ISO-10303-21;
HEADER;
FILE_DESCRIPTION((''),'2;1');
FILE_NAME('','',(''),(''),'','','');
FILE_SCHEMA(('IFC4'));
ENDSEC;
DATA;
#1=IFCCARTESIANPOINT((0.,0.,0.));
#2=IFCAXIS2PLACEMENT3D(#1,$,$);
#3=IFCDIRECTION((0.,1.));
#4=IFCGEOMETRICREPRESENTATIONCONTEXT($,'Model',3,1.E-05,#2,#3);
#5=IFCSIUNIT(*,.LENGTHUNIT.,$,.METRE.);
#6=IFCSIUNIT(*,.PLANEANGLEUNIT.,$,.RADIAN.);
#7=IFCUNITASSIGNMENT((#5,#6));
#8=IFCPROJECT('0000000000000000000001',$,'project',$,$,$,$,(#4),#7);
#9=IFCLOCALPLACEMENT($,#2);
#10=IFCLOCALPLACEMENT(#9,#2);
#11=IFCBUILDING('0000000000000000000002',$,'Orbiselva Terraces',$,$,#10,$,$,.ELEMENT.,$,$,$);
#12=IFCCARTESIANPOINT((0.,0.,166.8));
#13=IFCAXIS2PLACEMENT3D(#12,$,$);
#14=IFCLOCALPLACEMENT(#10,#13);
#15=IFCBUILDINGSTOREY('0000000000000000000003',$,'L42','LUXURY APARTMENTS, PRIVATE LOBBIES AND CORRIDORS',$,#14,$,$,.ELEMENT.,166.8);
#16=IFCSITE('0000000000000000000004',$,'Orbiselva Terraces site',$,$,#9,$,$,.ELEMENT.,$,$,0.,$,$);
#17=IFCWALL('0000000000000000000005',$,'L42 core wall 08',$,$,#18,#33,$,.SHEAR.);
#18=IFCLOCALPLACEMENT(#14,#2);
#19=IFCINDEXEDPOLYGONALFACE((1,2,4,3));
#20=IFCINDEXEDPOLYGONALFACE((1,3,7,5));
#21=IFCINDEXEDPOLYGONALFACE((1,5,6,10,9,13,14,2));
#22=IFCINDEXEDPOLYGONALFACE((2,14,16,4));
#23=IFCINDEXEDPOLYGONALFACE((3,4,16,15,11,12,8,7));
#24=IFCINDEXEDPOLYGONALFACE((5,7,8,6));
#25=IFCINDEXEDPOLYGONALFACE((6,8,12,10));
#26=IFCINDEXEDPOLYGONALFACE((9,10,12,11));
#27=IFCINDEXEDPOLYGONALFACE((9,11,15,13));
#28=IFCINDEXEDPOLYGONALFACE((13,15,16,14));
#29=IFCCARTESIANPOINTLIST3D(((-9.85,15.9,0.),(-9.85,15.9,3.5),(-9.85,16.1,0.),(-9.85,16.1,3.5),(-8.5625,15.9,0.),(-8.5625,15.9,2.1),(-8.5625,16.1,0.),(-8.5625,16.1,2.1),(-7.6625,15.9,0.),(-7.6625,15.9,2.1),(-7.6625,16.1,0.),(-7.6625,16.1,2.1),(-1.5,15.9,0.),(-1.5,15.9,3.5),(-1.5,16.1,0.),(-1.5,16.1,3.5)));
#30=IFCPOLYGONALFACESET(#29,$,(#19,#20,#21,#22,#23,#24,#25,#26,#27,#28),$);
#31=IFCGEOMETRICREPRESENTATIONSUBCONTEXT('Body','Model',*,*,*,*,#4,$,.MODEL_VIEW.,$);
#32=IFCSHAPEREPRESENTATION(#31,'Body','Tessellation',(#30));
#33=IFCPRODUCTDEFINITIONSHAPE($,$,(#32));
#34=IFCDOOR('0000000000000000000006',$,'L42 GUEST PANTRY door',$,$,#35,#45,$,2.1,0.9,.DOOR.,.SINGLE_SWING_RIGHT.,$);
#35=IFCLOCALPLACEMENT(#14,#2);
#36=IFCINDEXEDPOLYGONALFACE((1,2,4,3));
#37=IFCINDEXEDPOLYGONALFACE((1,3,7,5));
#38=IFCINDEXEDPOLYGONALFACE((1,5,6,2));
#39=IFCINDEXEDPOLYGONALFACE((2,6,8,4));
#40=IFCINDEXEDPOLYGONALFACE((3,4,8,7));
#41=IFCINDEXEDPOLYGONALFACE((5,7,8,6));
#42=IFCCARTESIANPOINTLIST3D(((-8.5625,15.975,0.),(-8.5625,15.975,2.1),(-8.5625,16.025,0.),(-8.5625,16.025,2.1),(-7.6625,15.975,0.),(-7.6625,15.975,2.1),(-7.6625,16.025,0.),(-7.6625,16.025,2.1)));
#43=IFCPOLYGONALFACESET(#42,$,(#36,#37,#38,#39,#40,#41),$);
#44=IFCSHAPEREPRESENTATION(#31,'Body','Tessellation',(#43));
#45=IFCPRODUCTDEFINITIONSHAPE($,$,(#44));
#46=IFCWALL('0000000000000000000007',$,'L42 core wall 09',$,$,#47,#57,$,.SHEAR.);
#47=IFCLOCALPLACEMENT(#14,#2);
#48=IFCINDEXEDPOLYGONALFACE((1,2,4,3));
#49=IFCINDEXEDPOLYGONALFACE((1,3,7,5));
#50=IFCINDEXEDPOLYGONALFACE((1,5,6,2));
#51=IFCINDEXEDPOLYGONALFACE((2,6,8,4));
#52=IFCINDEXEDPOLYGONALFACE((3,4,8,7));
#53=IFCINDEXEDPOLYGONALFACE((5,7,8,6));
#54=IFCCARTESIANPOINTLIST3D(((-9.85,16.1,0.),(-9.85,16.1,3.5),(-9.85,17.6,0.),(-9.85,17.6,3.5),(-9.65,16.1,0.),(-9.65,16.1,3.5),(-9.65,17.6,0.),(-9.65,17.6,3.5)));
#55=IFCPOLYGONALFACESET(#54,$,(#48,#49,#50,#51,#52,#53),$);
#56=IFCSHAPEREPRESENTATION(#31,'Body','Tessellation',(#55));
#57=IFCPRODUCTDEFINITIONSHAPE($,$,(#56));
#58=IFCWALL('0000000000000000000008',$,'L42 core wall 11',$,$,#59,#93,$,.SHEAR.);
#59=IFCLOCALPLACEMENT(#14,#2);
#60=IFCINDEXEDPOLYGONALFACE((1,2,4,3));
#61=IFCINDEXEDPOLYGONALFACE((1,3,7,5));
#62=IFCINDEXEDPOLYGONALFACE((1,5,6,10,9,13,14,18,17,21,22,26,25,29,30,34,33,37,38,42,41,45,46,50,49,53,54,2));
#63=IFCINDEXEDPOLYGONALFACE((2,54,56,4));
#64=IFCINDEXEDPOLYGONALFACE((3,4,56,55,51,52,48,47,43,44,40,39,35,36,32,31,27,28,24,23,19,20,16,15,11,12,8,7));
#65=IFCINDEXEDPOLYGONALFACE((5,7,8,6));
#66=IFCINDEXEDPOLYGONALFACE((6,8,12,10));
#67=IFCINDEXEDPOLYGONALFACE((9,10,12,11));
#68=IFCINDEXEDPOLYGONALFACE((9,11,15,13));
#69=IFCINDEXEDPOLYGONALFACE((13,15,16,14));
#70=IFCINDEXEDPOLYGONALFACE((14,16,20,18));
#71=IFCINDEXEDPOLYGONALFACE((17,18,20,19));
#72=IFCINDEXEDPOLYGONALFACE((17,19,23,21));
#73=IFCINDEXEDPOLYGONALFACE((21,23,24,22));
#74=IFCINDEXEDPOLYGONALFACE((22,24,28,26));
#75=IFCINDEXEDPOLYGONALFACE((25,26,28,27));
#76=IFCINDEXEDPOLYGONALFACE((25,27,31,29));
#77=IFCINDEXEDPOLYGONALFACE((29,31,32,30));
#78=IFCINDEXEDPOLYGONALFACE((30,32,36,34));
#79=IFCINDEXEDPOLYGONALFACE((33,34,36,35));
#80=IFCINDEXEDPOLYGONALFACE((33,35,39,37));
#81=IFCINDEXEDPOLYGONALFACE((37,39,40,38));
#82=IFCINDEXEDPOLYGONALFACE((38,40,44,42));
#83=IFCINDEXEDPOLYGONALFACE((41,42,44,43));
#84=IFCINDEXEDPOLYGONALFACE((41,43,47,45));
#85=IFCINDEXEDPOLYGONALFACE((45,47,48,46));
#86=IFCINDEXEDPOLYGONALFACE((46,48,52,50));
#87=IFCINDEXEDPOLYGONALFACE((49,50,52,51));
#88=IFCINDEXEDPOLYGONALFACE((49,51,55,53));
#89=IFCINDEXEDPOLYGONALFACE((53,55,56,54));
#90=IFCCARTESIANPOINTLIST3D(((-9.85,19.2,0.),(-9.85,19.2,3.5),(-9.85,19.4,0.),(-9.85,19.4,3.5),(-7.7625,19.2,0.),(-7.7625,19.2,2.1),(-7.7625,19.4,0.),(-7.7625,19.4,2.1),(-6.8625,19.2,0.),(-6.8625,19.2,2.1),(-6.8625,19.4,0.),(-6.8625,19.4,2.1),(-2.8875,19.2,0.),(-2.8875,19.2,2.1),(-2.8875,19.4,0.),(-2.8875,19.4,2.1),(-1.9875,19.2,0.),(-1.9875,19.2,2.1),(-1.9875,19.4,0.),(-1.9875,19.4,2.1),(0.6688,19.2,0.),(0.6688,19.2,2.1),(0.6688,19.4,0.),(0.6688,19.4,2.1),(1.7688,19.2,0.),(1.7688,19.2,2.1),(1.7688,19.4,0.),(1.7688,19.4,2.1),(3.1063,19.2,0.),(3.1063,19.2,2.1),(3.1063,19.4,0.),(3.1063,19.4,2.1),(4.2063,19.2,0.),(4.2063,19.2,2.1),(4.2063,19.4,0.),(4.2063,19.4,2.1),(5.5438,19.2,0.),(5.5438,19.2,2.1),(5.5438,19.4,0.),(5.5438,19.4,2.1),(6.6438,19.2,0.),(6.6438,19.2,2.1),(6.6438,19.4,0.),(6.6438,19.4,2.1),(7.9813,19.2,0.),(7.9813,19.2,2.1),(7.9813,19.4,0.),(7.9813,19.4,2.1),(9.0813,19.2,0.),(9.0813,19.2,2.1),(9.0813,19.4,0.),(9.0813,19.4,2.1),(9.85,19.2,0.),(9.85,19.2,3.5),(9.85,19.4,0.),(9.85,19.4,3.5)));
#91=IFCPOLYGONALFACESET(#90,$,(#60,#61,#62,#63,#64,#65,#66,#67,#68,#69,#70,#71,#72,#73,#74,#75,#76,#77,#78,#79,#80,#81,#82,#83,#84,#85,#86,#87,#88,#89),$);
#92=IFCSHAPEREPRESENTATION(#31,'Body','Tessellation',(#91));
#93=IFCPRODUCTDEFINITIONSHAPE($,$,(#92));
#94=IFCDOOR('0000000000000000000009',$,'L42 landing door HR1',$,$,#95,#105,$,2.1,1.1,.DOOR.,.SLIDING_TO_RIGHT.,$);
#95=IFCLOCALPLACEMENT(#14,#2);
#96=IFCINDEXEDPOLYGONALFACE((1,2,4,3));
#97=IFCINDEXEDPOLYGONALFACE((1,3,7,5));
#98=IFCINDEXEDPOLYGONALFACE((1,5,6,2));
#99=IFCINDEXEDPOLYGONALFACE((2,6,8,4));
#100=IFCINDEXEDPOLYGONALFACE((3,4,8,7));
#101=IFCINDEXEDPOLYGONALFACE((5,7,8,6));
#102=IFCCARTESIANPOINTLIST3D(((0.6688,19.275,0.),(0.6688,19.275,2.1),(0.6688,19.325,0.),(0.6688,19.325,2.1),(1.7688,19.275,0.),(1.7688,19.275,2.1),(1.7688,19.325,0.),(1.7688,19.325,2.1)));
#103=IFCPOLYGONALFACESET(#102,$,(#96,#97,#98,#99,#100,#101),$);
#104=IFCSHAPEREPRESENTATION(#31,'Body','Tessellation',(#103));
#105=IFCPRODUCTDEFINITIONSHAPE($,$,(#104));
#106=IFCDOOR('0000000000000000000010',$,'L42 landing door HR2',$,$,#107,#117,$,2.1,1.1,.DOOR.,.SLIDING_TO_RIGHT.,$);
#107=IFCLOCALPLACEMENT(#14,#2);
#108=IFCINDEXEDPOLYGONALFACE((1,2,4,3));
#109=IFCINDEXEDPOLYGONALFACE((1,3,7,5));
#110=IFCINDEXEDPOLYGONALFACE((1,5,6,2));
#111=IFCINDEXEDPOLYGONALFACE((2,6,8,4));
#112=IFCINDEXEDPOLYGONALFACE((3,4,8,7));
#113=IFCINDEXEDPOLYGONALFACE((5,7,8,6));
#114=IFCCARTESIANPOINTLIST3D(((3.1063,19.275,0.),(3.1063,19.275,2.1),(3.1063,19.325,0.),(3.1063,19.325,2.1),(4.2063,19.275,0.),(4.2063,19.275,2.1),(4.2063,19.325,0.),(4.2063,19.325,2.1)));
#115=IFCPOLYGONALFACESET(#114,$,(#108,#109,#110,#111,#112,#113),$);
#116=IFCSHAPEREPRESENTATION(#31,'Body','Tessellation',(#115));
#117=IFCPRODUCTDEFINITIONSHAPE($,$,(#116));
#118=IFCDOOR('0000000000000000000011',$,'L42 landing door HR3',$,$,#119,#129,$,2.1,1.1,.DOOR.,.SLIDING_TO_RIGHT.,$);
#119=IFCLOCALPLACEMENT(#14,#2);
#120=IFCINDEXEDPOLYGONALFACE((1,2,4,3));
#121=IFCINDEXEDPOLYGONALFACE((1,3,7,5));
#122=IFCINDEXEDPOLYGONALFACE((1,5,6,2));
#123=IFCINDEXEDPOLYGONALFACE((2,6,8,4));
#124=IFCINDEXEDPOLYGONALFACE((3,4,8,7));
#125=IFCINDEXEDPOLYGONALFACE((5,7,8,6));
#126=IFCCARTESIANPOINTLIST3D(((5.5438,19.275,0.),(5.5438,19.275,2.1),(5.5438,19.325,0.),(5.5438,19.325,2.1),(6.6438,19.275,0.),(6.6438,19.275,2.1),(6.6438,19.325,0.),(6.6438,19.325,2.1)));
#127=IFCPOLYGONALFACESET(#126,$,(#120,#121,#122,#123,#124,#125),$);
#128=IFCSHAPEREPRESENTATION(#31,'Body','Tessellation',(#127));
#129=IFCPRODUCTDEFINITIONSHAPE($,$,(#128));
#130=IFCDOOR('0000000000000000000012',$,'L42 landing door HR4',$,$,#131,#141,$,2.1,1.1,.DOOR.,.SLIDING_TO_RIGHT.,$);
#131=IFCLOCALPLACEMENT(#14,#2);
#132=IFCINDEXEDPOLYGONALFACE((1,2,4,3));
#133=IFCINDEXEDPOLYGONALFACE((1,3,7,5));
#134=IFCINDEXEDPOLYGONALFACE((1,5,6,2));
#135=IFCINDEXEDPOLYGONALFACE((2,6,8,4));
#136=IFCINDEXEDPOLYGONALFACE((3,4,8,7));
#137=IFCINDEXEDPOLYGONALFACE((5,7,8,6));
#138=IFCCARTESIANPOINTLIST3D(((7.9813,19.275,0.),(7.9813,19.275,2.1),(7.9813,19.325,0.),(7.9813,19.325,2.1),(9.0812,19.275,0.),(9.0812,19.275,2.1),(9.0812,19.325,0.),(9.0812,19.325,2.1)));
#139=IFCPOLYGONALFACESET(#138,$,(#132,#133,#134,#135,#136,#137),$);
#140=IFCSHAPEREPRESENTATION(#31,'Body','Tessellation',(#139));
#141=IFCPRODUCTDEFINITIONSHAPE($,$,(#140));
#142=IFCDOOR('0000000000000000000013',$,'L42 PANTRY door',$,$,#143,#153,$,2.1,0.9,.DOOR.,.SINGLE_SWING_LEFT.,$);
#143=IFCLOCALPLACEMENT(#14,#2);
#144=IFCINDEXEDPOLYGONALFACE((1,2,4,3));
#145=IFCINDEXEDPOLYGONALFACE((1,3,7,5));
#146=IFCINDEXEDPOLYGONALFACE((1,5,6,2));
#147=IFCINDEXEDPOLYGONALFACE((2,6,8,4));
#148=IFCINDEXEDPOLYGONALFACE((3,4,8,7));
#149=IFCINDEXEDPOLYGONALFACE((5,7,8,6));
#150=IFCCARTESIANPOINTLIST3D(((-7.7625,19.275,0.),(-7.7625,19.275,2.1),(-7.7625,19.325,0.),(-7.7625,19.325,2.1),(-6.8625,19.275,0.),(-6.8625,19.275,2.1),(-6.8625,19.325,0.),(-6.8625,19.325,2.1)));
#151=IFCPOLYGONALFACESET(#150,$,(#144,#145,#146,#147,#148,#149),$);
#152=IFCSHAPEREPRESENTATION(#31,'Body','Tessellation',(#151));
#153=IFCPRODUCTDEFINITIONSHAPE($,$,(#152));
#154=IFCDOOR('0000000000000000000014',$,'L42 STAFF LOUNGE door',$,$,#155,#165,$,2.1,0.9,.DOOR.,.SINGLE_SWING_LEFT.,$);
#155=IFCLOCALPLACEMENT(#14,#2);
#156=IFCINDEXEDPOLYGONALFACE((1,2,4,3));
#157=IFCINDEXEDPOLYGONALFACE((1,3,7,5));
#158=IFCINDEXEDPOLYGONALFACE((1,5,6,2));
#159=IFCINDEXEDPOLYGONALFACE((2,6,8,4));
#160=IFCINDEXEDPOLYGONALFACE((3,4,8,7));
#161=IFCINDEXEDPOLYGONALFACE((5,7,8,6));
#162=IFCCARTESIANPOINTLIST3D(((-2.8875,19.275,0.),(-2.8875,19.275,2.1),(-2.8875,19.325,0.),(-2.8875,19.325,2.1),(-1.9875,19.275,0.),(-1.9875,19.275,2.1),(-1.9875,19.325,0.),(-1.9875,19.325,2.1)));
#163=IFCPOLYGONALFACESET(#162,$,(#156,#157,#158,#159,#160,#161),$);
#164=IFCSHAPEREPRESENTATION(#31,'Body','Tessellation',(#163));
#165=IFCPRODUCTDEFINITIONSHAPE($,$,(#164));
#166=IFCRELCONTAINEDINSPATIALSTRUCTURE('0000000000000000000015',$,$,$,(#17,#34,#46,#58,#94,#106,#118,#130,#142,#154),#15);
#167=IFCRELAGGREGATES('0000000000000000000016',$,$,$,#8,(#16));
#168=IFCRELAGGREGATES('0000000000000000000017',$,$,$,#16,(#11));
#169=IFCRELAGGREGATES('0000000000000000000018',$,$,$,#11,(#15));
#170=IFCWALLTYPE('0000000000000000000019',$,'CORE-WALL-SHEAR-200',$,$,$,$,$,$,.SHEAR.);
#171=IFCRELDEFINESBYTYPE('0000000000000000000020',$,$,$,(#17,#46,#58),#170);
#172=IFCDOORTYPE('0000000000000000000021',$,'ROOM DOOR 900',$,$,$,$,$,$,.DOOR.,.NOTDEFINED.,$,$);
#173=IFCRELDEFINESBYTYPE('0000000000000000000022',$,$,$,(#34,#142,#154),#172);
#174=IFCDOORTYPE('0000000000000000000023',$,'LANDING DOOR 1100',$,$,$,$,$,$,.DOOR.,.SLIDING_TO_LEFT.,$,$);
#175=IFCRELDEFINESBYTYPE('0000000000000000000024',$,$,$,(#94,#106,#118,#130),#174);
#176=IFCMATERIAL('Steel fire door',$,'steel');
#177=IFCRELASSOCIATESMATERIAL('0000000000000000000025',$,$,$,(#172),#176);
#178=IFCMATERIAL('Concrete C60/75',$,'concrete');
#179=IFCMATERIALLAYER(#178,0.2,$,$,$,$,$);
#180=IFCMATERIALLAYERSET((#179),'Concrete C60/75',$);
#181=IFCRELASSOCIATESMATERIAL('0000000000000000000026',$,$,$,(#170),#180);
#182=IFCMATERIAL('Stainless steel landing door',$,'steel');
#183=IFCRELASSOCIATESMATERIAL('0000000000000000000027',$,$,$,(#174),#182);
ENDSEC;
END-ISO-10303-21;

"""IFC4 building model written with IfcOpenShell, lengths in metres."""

from ifc_helpers import new_model, si_unit, direction, frame, frame_2d, origin, place, context, subcontext, project, spatial, rectangle, extrude, material, layer, layer_set, type_object, element, fill, save


model = new_model("IFC4")

# Units and contexts
model_context = context("Model", 3, precision=1e-05, world=origin(), true_north=direction((0.0, 1.0)))
body_context = subcontext(model_context, "Body", "Model", "MODEL_VIEW")
ifc_project = project(units=[si_unit("LENGTHUNIT", "METRE"), si_unit("PLANEANGLEUNIT", "RADIAN")], contexts=[model_context])

# Site, building, storey
site_placement = place(None, origin())
site = spatial("IfcSite", under=ifc_project, at=site_placement, Name="Orbiselva Terraces site", CompositionType="ELEMENT", RefElevation=0.0)
building_placement = place(site_placement, origin())
building = spatial("IfcBuilding", under=site, at=building_placement, Name="Orbiselva Terraces", CompositionType="ELEMENT")
storey_placement = place(building_placement, frame((0.0, 0.0, 166.8)))
storey = spatial("IfcBuildingStorey", under=building, at=storey_placement, Name="L42", Description="LUXURY APARTMENTS, PRIVATE LOBBIES AND CORRIDORS", CompositionType="ELEMENT", Elevation=166.8)

# Shared definitions
ifc_material_1 = material(Name="Steel fire door", Category="steel")
door_type_1 = type_object("IfcDoorType", Name="ROOM DOOR 900", OperationType="NOTDEFINED", PredefinedType="DOOR", material=ifc_material_1)

# Wall, opening, door
ifc_material_2 = material(Name="Concrete C60/75", Category="concrete")
ifc_layer_1 = layer(ifc_material_2, 0.2)
ifc_layer_set_1 = layer_set([ifc_layer_1], Name="Concrete C60/75")
wall_type_1 = type_object("IfcWallType", Name="CORE-WALL-SHEAR-200", PredefinedType="SHEAR", material=ifc_layer_set_1)
wall_1_placement = place(storey_placement, frame((-1.5, 16.0, 0.0), z_axis=(0.0, 0.0, 1.0), x_axis=(-1.0, 0.0, 0.0)))
wall_1 = element("IfcWall", 1, at=wall_1_placement, inside=storey, type_object=wall_type_1, Name="L42 core wall 08", PredefinedType="SHEAR", context=body_context, shape_type="SweptSolid", body=[
    extrude(rectangle(XDim=8.35, YDim=0.2, at=frame_2d((4.175, 0.0))), origin(), (0.0, 0.0, 1.0), 3.5),
])
opening_1_placement = place(wall_1_placement, frame((6.1625, 0.0, 0.0)))
opening_1 = element("IfcOpeningElement", 2, at=opening_1_placement, cuts=wall_1, PredefinedType="OPENING", context=body_context, shape_type="SweptSolid", body=[
    extrude(rectangle(XDim=0.9, YDim=2.1, at=frame_2d((0.45, 1.05))), frame((0.0, 0.11, 0.0), z_axis=(0.0, -1.0, 0.0), x_axis=(1.0, 0.0, 0.0)), (0.0, 0.0, 1.0), 0.22),
])
door_1_placement = place(opening_1_placement, origin())
door_1 = element("IfcDoor", 3, at=door_1_placement, inside=storey, type_object=door_type_1, Name="L42 GUEST PANTRY door", OperationType="SINGLE_SWING_RIGHT", OverallHeight=2.1, OverallWidth=0.9, PredefinedType="DOOR", context=body_context, shape_type="SweptSolid", body=[
    extrude(rectangle(XDim=0.9, YDim=2.1, at=frame_2d((0.45, 1.05))), frame((0.0, 0.025, 0.0), z_axis=(0.0, -1.0, 0.0), x_axis=(1.0, 0.0, 0.0)), (0.0, 0.0, 1.0), 0.05),
])
fill(opening_1, door_1)

# Wall
wall_2_placement = place(storey_placement, frame((-9.75, 16.1, 0.0), z_axis=(0.0, 0.0, 1.0), x_axis=(0.0, 1.0, 0.0)))
element("IfcWall", 4, at=wall_2_placement, inside=storey, type_object=wall_type_1, Name="L42 core wall 09", PredefinedType="SHEAR", context=body_context, shape_type="SweptSolid", body=[
    extrude(rectangle(XDim=1.5, YDim=0.2, at=frame_2d((0.75, 0.0))), origin(), (0.0, 0.0, 1.0), 3.5),
])

# Wall, openings, doors
wall_3_placement = place(storey_placement, frame((-9.85, 19.3, 0.0), z_axis=(0.0, 0.0, 1.0), x_axis=(1.0, 0.0, 0.0)))
wall_3 = element("IfcWall", 5, at=wall_3_placement, inside=storey, type_object=wall_type_1, Name="L42 core wall 11", PredefinedType="SHEAR", context=body_context, shape_type="SweptSolid", body=[
    extrude(rectangle(XDim=19.7, YDim=0.2, at=frame_2d((9.85, 0.0))), origin(), (0.0, 0.0, 1.0), 3.5),
])
opening_2_placement = place(wall_3_placement, frame((10.5188, 0.0, 0.0)))
opening_2 = element("IfcOpeningElement", 6, at=opening_2_placement, cuts=wall_3, PredefinedType="OPENING", context=body_context, shape_type="SweptSolid", body=[
    extrude(rectangle(XDim=1.1, YDim=2.1, at=frame_2d((0.55, 1.05))), frame((0.0, 0.11, 0.0), z_axis=(0.0, -1.0, 0.0), x_axis=(1.0, 0.0, 0.0)), (0.0, 0.0, 1.0), 0.22),
])
opening_3_placement = place(wall_3_placement, frame((12.9563, 0.0, 0.0)))
opening_3 = element("IfcOpeningElement", 7, at=opening_3_placement, cuts=wall_3, PredefinedType="OPENING", context=body_context, shape_type="SweptSolid", body=[
    extrude(rectangle(XDim=1.1, YDim=2.1, at=frame_2d((0.55, 1.05))), frame((0.0, 0.11, 0.0), z_axis=(0.0, -1.0, 0.0), x_axis=(1.0, 0.0, 0.0)), (0.0, 0.0, 1.0), 0.22),
])
opening_4_placement = place(wall_3_placement, frame((15.3938, 0.0, 0.0)))
opening_4 = element("IfcOpeningElement", 8, at=opening_4_placement, cuts=wall_3, PredefinedType="OPENING", context=body_context, shape_type="SweptSolid", body=[
    extrude(rectangle(XDim=1.1, YDim=2.1, at=frame_2d((0.55, 1.05))), frame((0.0, 0.11, 0.0), z_axis=(0.0, -1.0, 0.0), x_axis=(1.0, 0.0, 0.0)), (0.0, 0.0, 1.0), 0.22),
])
opening_5_placement = place(wall_3_placement, frame((17.8313, 0.0, 0.0)))
opening_5 = element("IfcOpeningElement", 9, at=opening_5_placement, cuts=wall_3, PredefinedType="OPENING", context=body_context, shape_type="SweptSolid", body=[
    extrude(rectangle(XDim=1.1, YDim=2.1, at=frame_2d((0.55, 1.05))), frame((0.0, 0.11, 0.0), z_axis=(0.0, -1.0, 0.0), x_axis=(1.0, 0.0, 0.0)), (0.0, 0.0, 1.0), 0.22),
])
opening_6_placement = place(wall_3_placement, frame((2.0875, 0.0, 0.0)))
opening_6 = element("IfcOpeningElement", 10, at=opening_6_placement, cuts=wall_3, PredefinedType="OPENING", context=body_context, shape_type="SweptSolid", body=[
    extrude(rectangle(XDim=0.9, YDim=2.1, at=frame_2d((0.45, 1.05))), frame((0.0, 0.11, 0.0), z_axis=(0.0, -1.0, 0.0), x_axis=(1.0, 0.0, 0.0)), (0.0, 0.0, 1.0), 0.22),
])
opening_7_placement = place(wall_3_placement, frame((6.9625, 0.0, 0.0)))
opening_7 = element("IfcOpeningElement", 11, at=opening_7_placement, cuts=wall_3, PredefinedType="OPENING", context=body_context, shape_type="SweptSolid", body=[
    extrude(rectangle(XDim=0.9, YDim=2.1, at=frame_2d((0.45, 1.05))), frame((0.0, 0.11, 0.0), z_axis=(0.0, -1.0, 0.0), x_axis=(1.0, 0.0, 0.0)), (0.0, 0.0, 1.0), 0.22),
])
ifc_material_3 = material(Name="Stainless steel landing door", Category="steel")
door_type_2 = type_object("IfcDoorType", Name="LANDING DOOR 1100", OperationType="SLIDING_TO_LEFT", PredefinedType="DOOR", material=ifc_material_3)
door_2_placement = place(opening_2_placement, origin())
door_2 = element("IfcDoor", 12, at=door_2_placement, inside=storey, type_object=door_type_2, Name="L42 landing door HR1", OperationType="SLIDING_TO_RIGHT", OverallHeight=2.1, OverallWidth=1.1, PredefinedType="DOOR", context=body_context, shape_type="SweptSolid", body=[
    extrude(rectangle(XDim=1.1, YDim=2.1, at=frame_2d((0.55, 1.05))), frame((0.0, 0.025, 0.0), z_axis=(0.0, -1.0, 0.0), x_axis=(1.0, 0.0, 0.0)), (0.0, 0.0, 1.0), 0.05),
])
fill(opening_2, door_2)
door_3_placement = place(opening_3_placement, origin())
door_3 = element("IfcDoor", 13, at=door_3_placement, inside=storey, type_object=door_type_2, Name="L42 landing door HR2", OperationType="SLIDING_TO_RIGHT", OverallHeight=2.1, OverallWidth=1.1, PredefinedType="DOOR", context=body_context, shape_type="SweptSolid", body=[
    extrude(rectangle(XDim=1.1, YDim=2.1, at=frame_2d((0.55, 1.05))), frame((0.0, 0.025, 0.0), z_axis=(0.0, -1.0, 0.0), x_axis=(1.0, 0.0, 0.0)), (0.0, 0.0, 1.0), 0.05),
])
fill(opening_3, door_3)
door_4_placement = place(opening_4_placement, origin())
door_4 = element("IfcDoor", 14, at=door_4_placement, inside=storey, type_object=door_type_2, Name="L42 landing door HR3", OperationType="SLIDING_TO_RIGHT", OverallHeight=2.1, OverallWidth=1.1, PredefinedType="DOOR", context=body_context, shape_type="SweptSolid", body=[
    extrude(rectangle(XDim=1.1, YDim=2.1, at=frame_2d((0.55, 1.05))), frame((0.0, 0.025, 0.0), z_axis=(0.0, -1.0, 0.0), x_axis=(1.0, 0.0, 0.0)), (0.0, 0.0, 1.0), 0.05),
])
fill(opening_4, door_4)
door_5_placement = place(opening_5_placement, origin())
door_5 = element("IfcDoor", 15, at=door_5_placement, inside=storey, type_object=door_type_2, Name="L42 landing door HR4", OperationType="SLIDING_TO_RIGHT", OverallHeight=2.1, OverallWidth=1.1, PredefinedType="DOOR", context=body_context, shape_type="SweptSolid", body=[
    extrude(rectangle(XDim=1.1, YDim=2.1, at=frame_2d((0.55, 1.05))), frame((0.0, 0.025, 0.0), z_axis=(0.0, -1.0, 0.0), x_axis=(1.0, 0.0, 0.0)), (0.0, 0.0, 1.0), 0.05),
])
fill(opening_5, door_5)
door_6_placement = place(opening_6_placement, origin())
door_6 = element("IfcDoor", 16, at=door_6_placement, inside=storey, type_object=door_type_1, Name="L42 PANTRY door", OperationType="SINGLE_SWING_LEFT", OverallHeight=2.1, OverallWidth=0.9, PredefinedType="DOOR", context=body_context, shape_type="SweptSolid", body=[
    extrude(rectangle(XDim=0.9, YDim=2.1, at=frame_2d((0.45, 1.05))), frame((0.0, 0.025, 0.0), z_axis=(0.0, -1.0, 0.0), x_axis=(1.0, 0.0, 0.0)), (0.0, 0.0, 1.0), 0.05),
])
fill(opening_6, door_6)
door_7_placement = place(opening_7_placement, origin())
door_7 = element("IfcDoor", 17, at=door_7_placement, inside=storey, type_object=door_type_1, Name="L42 STAFF LOUNGE door", OperationType="SINGLE_SWING_LEFT", OverallHeight=2.1, OverallWidth=0.9, PredefinedType="DOOR", context=body_context, shape_type="SweptSolid", body=[
    extrude(rectangle(XDim=0.9, YDim=2.1, at=frame_2d((0.45, 1.05))), frame((0.0, 0.025, 0.0), z_axis=(0.0, -1.0, 0.0), x_axis=(1.0, 0.0, 0.0)), (0.0, 0.0, 1.0), 0.05),
])
fill(opening_7, door_7)

save(model, "model.ifc")
